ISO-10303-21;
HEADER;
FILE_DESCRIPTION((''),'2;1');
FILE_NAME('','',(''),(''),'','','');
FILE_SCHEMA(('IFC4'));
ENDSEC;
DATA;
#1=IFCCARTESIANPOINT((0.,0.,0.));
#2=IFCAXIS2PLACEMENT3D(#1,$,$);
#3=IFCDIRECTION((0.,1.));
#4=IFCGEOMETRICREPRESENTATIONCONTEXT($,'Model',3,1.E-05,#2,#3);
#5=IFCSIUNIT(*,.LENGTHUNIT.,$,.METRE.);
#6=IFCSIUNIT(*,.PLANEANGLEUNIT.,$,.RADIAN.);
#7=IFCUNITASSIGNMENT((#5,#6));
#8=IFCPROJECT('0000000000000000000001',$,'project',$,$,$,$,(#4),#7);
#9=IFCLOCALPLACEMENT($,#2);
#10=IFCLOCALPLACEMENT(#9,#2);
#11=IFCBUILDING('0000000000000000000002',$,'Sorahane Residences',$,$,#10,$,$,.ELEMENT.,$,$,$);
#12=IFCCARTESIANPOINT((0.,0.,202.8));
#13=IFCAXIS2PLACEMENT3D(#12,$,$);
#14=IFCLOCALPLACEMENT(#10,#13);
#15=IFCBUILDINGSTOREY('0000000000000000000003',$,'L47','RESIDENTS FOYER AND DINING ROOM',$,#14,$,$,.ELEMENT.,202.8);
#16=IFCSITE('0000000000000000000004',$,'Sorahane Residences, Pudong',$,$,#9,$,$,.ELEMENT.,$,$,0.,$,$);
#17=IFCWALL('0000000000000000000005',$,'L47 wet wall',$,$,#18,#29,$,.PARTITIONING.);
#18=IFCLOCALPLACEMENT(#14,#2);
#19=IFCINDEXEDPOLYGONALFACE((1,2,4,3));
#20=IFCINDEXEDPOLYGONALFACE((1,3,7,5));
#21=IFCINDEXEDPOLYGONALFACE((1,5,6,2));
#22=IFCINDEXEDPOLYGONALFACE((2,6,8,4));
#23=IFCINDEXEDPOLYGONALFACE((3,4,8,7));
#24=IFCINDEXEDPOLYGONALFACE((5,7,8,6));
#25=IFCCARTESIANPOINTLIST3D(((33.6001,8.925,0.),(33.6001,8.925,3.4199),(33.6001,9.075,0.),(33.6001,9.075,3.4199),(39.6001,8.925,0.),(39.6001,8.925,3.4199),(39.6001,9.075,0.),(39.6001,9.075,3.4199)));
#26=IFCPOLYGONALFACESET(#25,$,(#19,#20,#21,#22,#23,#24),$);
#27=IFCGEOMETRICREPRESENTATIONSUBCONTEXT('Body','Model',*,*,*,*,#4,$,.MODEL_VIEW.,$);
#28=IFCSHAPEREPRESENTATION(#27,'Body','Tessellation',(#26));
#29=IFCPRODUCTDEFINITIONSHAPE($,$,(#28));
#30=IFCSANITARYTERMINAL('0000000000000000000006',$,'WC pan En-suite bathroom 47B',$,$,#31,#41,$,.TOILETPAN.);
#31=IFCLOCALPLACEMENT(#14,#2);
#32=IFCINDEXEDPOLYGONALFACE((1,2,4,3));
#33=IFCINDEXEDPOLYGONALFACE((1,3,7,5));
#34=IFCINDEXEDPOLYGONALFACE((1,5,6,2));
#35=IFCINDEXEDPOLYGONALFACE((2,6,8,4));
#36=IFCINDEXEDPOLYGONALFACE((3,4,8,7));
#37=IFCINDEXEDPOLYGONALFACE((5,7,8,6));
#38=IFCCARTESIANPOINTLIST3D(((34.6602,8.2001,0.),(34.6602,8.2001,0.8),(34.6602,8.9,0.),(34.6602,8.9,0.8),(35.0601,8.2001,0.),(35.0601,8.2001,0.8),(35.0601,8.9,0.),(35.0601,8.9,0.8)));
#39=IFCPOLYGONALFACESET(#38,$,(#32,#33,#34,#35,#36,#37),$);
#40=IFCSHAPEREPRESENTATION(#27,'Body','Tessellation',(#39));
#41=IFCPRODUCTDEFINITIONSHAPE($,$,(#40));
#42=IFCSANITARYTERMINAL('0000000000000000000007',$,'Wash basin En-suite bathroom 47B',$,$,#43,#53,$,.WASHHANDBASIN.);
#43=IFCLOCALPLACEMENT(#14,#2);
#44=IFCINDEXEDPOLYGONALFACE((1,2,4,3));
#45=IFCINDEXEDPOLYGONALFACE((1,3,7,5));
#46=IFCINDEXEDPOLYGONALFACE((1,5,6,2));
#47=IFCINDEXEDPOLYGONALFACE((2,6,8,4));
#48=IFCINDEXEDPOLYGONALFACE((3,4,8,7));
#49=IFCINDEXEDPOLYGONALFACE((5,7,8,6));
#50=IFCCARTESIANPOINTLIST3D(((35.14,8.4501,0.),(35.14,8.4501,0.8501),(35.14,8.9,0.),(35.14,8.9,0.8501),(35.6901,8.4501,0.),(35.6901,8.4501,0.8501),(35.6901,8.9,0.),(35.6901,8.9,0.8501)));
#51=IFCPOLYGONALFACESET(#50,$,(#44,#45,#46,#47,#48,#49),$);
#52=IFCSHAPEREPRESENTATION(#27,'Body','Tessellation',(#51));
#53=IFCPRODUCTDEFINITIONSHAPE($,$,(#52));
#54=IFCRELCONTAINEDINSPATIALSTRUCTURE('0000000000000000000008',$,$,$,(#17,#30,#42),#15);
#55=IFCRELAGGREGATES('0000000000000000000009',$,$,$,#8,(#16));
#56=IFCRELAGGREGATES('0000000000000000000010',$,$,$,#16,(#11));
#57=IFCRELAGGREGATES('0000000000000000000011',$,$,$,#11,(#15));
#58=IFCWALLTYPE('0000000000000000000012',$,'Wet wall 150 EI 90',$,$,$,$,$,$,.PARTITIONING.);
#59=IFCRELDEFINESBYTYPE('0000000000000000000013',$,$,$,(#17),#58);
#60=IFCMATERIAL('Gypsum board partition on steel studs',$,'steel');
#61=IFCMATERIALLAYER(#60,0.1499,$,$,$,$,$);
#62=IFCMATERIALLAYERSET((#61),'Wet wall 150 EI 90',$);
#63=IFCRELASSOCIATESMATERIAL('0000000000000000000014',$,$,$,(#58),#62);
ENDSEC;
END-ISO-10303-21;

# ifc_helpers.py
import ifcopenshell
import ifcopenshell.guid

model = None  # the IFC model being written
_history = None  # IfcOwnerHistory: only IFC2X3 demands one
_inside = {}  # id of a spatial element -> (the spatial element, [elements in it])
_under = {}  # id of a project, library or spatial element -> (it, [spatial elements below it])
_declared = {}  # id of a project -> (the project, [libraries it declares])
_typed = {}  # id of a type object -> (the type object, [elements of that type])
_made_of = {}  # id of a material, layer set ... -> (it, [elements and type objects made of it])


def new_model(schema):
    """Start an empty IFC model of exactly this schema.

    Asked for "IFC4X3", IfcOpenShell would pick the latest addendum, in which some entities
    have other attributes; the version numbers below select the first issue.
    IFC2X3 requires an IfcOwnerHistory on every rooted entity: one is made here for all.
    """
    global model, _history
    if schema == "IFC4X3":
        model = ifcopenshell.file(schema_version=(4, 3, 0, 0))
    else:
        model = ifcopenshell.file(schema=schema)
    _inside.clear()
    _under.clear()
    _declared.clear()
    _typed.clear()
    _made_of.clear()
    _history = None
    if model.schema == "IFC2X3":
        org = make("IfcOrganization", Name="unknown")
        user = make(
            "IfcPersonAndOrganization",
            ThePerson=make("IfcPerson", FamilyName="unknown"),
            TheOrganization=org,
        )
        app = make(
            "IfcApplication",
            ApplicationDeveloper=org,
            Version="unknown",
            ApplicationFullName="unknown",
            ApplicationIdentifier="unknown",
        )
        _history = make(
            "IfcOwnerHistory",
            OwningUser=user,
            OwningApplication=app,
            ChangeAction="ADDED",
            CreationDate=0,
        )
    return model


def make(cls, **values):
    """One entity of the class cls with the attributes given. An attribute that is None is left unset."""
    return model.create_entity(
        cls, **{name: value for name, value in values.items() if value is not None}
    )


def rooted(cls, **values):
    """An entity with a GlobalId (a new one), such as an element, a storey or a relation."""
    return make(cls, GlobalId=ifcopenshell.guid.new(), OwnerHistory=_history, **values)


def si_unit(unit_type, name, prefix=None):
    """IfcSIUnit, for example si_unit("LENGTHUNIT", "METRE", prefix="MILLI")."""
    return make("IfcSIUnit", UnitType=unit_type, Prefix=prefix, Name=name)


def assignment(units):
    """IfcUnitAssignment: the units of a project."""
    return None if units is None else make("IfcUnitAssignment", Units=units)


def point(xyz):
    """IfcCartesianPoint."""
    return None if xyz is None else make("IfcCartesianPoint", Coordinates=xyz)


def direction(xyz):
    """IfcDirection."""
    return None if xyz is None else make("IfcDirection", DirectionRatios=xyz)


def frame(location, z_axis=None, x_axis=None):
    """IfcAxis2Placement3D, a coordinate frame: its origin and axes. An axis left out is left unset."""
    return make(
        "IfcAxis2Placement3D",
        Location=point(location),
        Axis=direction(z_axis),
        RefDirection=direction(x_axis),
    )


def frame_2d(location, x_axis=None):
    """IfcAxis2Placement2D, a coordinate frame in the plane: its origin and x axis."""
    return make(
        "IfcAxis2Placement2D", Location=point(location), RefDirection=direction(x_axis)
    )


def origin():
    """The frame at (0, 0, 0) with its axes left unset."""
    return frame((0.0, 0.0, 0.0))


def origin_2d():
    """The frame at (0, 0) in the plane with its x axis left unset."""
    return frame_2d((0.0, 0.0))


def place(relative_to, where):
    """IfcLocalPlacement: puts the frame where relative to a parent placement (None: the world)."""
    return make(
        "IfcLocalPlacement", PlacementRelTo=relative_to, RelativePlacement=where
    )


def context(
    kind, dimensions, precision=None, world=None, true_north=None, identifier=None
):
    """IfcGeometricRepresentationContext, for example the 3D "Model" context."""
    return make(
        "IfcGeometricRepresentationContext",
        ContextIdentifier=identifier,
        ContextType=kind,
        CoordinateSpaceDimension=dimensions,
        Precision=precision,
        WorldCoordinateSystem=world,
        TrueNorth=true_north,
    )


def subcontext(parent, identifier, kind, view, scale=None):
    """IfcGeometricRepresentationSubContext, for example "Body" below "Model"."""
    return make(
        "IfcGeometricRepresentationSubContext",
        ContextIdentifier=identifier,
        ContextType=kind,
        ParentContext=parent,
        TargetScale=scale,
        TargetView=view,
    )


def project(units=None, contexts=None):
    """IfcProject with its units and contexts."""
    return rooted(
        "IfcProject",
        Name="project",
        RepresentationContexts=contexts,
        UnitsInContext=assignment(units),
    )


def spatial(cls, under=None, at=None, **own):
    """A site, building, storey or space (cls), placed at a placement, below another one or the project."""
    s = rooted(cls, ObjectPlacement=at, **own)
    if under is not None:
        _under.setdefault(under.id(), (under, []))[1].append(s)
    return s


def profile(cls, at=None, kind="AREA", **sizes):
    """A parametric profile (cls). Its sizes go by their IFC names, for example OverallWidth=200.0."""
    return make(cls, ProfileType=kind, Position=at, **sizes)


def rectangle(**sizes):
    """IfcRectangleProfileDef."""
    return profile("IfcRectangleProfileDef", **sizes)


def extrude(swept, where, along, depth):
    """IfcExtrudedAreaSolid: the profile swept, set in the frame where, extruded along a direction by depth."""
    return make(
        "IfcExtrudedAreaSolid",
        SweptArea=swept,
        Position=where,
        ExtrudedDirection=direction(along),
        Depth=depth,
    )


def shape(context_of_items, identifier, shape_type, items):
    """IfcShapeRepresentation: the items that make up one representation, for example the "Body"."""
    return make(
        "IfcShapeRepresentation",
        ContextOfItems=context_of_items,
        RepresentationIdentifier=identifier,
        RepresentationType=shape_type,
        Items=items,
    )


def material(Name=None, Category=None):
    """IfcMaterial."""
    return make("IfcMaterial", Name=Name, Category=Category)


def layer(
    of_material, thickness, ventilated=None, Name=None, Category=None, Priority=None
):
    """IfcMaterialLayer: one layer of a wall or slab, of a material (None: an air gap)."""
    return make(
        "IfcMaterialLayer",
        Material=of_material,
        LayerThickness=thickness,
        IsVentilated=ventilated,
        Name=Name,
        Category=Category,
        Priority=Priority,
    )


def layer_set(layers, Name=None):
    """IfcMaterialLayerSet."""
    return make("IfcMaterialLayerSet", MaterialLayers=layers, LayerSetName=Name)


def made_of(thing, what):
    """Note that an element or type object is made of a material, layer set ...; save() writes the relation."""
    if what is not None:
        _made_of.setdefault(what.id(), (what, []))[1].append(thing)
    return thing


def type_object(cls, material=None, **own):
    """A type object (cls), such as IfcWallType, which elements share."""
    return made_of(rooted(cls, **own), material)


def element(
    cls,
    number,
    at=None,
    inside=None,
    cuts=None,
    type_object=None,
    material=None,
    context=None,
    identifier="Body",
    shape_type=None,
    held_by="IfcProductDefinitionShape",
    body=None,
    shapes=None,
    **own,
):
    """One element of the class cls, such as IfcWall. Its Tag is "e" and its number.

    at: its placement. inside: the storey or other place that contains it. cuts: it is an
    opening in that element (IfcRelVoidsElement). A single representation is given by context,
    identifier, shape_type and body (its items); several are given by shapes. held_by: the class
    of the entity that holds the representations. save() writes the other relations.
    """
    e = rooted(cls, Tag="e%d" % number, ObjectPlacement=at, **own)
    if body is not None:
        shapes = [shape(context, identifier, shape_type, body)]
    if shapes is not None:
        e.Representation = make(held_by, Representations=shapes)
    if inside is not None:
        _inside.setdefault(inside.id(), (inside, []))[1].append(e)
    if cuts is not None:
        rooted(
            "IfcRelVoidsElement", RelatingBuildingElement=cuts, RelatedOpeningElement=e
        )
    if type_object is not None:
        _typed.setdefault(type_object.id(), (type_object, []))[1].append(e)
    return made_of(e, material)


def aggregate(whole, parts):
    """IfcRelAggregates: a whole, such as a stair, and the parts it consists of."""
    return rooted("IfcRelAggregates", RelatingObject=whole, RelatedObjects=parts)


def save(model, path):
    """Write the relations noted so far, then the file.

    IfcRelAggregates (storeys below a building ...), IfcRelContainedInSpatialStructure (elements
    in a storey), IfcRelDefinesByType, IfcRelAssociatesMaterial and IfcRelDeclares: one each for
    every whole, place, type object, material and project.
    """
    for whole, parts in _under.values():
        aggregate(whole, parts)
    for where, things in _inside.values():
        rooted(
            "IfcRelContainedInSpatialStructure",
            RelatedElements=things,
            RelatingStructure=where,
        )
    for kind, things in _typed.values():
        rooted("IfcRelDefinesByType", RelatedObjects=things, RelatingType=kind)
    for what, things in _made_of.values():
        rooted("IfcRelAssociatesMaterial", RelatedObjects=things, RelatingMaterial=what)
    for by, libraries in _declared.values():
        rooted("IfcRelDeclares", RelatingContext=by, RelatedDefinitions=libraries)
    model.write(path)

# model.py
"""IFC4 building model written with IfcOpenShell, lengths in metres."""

from ifc_helpers import new_model, si_unit, direction, frame, frame_2d, origin, origin_2d, place, context, subcontext, project, spatial, rectangle, extrude, material, layer, layer_set, type_object, element, save


model = new_model("IFC4")

# Units and contexts
model_context = context("Model", 3, precision=1e-05, world=origin(), true_north=direction((0.0, 1.0)))
body_context = subcontext(model_context, "Body", "Model", "MODEL_VIEW")
ifc_project = project(units=[si_unit("LENGTHUNIT", "METRE"), si_unit("PLANEANGLEUNIT", "RADIAN")], contexts=[model_context])

# Site, building, storey
site_placement = place(None, origin())
site = spatial("IfcSite", under=ifc_project, at=site_placement, Name="Sorahane Residences, Pudong", CompositionType="ELEMENT", RefElevation=0.0)
building_placement = place(site_placement, origin())
building = spatial("IfcBuilding", under=site, at=building_placement, Name="Sorahane Residences", CompositionType="ELEMENT")
storey_placement = place(building_placement, frame((0.0, 0.0, 202.8)))
storey = spatial("IfcBuildingStorey", under=building, at=storey_placement, Name="L47", Description="RESIDENTS FOYER AND DINING ROOM", CompositionType="ELEMENT", Elevation=202.8)

# Wall
ifc_material_1 = material(Name="Gypsum board partition on steel studs", Category="steel")
ifc_layer_1 = layer(ifc_material_1, 0.1499)
ifc_layer_set_1 = layer_set([ifc_layer_1], Name="Wet wall 150 EI 90")
wall_type_1 = type_object("IfcWallType", Name="Wet wall 150 EI 90", PredefinedType="PARTITIONING", material=ifc_layer_set_1)
wall_1_placement = place(storey_placement, frame((33.6001, 9.0, 0.0), z_axis=(0.0, 0.0, 1.0), x_axis=(1.0, 0.0, 0.0)))
element("IfcWall", 1, at=wall_1_placement, inside=storey, type_object=wall_type_1, Name="L47 wet wall", PredefinedType="PARTITIONING", context=body_context, shape_type="SweptSolid", body=[
    extrude(rectangle(XDim=6.0, YDim=0.1499, at=frame_2d((3.0, 0.0))), origin(), (0.0, 0.0, 1.0), 3.4199),
])

# Sanitary terminals
sanitary_terminal_1_placement = place(storey_placement, frame((34.8601, 8.55, 0.0), z_axis=(0.0, 0.0, 1.0), x_axis=(1.0, 0.0, 0.0)))
element("IfcSanitaryTerminal", 2, at=sanitary_terminal_1_placement, inside=storey, Name="WC pan En-suite bathroom 47B", PredefinedType="TOILETPAN", context=body_context, shape_type="SweptSolid", body=[
    extrude(rectangle(XDim=0.3999, YDim=0.7, at=origin_2d()), origin(), (0.0, 0.0, 1.0), 0.8),
])
sanitary_terminal_2_placement = place(storey_placement, frame((35.415, 8.675, 0.0), z_axis=(0.0, 0.0, 1.0), x_axis=(1.0, 0.0, 0.0)))
element("IfcSanitaryTerminal", 3, at=sanitary_terminal_2_placement, inside=storey, Name="Wash basin En-suite bathroom 47B", PredefinedType="WASHHANDBASIN", context=body_context, shape_type="SweptSolid", body=[
    extrude(rectangle(XDim=0.55, YDim=0.45, at=origin_2d()), origin(), (0.0, 0.0, 1.0), 0.8501),
])

save(model, "model.ifc")
